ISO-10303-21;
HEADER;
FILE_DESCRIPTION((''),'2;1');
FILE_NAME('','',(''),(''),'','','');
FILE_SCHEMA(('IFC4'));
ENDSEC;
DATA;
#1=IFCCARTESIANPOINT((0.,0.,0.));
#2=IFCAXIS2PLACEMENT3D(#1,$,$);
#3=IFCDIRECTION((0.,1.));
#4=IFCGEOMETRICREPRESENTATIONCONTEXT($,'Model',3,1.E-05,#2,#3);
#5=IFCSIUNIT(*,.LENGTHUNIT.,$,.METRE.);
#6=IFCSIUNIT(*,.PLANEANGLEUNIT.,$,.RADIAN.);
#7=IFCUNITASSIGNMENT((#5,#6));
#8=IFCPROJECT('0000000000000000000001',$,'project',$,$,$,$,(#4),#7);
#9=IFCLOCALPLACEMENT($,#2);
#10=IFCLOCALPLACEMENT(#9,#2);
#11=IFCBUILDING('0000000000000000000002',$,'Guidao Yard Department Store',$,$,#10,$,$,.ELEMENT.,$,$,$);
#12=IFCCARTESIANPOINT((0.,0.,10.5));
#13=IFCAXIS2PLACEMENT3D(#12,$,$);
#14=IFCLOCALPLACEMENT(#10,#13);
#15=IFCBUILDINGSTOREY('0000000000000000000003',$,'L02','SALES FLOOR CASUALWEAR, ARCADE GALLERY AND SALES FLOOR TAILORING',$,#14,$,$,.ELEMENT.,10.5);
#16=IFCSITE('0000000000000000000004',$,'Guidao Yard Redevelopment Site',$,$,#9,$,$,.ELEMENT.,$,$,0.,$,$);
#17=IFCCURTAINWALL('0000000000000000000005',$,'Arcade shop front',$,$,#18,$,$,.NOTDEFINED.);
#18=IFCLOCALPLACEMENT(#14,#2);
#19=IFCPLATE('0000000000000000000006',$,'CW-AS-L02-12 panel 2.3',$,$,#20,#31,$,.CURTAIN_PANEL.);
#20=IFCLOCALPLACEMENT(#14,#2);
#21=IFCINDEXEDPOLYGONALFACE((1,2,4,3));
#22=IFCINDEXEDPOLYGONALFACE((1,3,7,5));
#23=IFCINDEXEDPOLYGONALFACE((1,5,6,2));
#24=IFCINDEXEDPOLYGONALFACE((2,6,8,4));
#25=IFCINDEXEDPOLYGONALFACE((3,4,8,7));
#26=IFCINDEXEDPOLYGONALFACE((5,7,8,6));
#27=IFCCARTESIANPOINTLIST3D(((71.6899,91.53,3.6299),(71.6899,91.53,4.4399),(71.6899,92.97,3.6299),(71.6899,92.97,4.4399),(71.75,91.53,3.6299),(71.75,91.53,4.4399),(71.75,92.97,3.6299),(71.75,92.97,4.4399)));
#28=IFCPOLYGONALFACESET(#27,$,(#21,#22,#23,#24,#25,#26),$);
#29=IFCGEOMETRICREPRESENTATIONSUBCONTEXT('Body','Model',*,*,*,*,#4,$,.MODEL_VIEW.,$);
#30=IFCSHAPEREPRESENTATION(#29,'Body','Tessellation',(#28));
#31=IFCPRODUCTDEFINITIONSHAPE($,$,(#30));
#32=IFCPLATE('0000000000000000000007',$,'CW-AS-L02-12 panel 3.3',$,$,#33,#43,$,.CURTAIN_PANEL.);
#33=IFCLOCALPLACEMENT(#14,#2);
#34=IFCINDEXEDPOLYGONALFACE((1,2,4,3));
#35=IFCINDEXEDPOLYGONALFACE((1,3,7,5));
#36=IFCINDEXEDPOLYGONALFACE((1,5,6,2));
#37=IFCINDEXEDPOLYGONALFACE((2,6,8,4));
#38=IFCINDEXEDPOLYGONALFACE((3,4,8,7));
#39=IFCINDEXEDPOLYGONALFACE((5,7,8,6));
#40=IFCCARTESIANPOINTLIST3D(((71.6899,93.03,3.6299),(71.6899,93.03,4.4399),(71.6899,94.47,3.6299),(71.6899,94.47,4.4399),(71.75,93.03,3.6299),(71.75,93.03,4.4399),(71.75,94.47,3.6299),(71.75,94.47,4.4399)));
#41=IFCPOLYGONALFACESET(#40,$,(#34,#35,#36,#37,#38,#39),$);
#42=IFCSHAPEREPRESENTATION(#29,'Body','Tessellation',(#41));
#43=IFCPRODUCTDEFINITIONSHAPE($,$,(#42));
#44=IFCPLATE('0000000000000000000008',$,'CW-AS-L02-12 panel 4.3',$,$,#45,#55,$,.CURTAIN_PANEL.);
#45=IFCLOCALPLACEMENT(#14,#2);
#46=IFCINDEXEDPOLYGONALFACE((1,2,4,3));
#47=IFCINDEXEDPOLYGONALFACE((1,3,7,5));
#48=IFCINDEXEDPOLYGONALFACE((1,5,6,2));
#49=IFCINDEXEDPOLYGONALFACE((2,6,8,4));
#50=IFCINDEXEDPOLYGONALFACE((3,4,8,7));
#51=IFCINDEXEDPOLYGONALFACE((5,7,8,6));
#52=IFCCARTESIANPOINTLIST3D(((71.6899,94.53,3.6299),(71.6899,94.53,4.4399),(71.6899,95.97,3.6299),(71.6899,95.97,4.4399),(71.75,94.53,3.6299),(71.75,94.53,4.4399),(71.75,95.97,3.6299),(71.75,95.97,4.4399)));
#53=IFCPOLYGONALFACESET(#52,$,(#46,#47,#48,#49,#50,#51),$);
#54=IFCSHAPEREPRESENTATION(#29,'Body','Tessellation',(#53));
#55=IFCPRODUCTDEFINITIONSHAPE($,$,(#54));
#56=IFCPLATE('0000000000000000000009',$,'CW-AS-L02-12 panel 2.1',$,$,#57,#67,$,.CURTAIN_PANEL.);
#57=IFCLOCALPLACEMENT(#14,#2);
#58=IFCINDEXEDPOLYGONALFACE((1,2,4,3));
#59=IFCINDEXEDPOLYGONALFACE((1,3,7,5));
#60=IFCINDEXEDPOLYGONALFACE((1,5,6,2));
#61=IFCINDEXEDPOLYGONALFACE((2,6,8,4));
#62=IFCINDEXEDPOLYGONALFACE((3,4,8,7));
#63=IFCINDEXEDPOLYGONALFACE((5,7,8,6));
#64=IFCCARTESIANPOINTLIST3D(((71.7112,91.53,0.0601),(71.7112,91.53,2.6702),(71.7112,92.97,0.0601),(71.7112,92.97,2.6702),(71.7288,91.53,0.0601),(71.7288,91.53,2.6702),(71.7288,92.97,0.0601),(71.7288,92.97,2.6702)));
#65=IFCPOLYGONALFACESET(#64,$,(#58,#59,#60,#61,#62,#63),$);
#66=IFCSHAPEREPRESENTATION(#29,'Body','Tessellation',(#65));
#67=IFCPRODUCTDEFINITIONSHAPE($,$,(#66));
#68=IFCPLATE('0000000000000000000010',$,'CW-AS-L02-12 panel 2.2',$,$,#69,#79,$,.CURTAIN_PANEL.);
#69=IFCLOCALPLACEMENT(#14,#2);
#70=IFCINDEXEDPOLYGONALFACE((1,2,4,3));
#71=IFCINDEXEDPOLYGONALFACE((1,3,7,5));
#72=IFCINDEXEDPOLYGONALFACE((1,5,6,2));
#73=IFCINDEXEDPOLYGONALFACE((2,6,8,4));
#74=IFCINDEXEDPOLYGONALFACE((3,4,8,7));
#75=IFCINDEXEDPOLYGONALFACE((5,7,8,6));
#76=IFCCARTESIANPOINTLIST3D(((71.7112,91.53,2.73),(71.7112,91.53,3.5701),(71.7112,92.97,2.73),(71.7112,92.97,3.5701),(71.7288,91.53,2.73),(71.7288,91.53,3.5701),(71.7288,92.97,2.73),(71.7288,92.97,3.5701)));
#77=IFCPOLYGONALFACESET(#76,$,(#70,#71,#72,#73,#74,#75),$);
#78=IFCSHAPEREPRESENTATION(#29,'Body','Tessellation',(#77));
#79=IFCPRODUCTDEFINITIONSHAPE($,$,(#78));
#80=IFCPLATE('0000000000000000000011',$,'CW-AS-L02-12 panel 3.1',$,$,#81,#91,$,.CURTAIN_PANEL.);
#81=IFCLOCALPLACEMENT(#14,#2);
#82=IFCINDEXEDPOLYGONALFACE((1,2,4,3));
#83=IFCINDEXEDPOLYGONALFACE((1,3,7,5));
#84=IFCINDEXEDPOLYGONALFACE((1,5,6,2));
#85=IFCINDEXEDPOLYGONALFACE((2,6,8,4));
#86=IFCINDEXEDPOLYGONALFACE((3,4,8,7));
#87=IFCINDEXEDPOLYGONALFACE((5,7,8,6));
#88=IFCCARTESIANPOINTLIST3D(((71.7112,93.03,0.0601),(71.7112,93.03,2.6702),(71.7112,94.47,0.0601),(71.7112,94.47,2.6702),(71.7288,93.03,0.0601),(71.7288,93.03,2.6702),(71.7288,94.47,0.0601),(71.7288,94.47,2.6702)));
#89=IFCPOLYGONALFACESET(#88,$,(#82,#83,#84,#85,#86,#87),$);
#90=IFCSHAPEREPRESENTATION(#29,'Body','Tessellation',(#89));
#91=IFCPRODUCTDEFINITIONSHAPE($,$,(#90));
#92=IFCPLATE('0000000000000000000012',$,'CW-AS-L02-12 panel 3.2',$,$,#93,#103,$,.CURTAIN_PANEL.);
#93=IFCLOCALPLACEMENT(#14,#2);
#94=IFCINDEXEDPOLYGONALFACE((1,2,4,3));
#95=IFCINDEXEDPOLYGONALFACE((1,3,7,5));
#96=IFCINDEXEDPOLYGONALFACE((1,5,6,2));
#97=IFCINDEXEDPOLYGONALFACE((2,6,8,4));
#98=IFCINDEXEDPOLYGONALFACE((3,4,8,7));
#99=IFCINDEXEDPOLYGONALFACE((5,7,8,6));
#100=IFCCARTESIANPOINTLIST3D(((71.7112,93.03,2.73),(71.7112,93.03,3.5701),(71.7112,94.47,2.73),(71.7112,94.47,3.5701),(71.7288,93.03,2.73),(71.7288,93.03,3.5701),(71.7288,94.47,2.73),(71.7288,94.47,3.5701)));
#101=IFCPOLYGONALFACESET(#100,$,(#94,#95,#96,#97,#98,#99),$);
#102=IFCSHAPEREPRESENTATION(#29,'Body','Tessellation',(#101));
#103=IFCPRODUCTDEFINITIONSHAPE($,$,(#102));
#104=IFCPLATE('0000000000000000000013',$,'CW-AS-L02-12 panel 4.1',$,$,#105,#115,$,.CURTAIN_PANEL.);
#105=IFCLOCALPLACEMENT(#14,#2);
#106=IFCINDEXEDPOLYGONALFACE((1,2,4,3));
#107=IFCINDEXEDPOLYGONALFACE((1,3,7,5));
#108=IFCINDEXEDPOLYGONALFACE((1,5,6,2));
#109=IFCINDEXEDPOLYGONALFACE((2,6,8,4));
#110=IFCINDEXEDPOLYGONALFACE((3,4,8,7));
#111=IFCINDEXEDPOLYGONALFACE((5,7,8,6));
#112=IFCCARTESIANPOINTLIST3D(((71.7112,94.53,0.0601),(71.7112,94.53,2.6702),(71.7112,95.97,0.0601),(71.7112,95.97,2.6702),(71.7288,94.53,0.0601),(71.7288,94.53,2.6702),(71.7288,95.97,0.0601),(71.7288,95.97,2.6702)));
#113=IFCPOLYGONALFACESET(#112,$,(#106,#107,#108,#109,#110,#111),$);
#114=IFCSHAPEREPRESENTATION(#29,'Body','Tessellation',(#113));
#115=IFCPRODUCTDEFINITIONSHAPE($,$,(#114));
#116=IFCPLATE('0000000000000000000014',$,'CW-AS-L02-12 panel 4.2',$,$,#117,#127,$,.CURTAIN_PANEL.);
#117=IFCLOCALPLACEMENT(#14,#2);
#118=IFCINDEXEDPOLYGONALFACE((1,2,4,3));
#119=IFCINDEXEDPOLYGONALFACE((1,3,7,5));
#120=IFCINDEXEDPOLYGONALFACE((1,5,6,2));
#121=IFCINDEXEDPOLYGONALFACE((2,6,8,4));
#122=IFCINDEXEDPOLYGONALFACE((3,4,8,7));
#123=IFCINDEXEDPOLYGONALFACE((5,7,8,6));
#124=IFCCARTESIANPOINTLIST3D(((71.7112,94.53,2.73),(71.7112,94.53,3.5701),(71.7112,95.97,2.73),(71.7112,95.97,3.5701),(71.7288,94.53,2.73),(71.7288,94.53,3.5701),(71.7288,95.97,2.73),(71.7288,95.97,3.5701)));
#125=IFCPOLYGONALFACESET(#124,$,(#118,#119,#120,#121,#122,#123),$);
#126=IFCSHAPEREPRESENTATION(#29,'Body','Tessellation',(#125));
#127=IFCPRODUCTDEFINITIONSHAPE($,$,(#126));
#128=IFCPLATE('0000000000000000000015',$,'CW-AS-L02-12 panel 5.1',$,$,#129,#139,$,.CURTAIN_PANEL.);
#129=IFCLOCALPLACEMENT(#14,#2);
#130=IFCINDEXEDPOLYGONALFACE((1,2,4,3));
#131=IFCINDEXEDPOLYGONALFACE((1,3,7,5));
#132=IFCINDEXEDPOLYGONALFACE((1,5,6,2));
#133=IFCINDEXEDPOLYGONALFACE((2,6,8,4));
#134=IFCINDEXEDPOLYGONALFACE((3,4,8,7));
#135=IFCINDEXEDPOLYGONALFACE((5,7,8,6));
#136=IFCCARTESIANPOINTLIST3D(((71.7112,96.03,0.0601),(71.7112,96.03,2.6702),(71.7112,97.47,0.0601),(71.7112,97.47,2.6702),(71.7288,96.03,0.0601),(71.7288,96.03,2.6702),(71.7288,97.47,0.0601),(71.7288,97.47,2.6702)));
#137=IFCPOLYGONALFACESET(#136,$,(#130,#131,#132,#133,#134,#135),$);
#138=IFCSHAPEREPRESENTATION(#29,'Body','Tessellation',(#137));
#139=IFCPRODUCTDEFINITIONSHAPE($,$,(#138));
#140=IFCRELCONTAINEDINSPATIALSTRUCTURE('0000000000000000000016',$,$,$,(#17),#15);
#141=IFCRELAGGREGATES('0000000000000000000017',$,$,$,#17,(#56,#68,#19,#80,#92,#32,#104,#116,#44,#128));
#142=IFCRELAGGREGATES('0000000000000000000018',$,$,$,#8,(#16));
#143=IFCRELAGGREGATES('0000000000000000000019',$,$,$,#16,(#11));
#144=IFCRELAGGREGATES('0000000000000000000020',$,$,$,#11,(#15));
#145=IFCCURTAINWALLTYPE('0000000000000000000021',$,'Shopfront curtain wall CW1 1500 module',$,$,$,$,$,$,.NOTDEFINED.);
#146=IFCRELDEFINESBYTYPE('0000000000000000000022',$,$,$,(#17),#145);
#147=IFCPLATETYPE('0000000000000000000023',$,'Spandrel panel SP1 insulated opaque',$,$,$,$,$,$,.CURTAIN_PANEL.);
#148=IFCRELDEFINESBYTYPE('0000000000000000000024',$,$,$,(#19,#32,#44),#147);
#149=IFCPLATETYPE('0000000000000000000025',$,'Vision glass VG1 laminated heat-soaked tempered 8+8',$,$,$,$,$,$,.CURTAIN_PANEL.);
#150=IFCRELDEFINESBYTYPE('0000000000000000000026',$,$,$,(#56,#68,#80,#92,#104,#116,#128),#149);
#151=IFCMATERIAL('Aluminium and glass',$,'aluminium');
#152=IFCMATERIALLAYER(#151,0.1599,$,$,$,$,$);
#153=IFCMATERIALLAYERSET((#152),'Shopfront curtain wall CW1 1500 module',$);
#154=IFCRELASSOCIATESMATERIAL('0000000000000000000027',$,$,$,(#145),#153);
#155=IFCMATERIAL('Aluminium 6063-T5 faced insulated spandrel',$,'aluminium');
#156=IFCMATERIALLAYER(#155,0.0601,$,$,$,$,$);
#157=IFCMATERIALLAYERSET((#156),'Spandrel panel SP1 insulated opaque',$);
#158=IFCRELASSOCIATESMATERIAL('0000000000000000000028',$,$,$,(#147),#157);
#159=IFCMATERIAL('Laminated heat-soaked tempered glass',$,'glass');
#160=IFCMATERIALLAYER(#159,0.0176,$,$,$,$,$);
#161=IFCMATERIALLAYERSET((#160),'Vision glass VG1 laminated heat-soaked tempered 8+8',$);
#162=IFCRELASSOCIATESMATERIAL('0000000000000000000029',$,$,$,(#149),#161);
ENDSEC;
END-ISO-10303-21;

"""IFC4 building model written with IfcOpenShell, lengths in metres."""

from ifc_helpers import new_model, si_unit, direction, frame, origin, origin_2d, place, context, subcontext, project, spatial, rectangle, extrude, material, layer, layer_set, type_object, element, aggregate, save


model = new_model("IFC4")

# Units and contexts
model_context = context("Model", 3, precision=1e-05, world=origin(), true_north=direction((0.0, 1.0)))
body_context = subcontext(model_context, "Body", "Model", "MODEL_VIEW")
ifc_project = project(units=[si_unit("LENGTHUNIT", "METRE"), si_unit("PLANEANGLEUNIT", "RADIAN")], contexts=[model_context])

# Site, building, storey
site_placement = place(None, origin())
site = spatial("IfcSite", under=ifc_project, at=site_placement, Name="Guidao Yard Redevelopment Site", CompositionType="ELEMENT", RefElevation=0.0)
building_placement = place(site_placement, origin())
building = spatial("IfcBuilding", under=site, at=building_placement, Name="Guidao Yard Department Store", CompositionType="ELEMENT")
storey_placement = place(building_placement, frame((0.0, 0.0, 10.5)))
storey = spatial("IfcBuildingStorey", under=building, at=storey_placement, Name="L02", Description="SALES FLOOR CASUALWEAR, ARCADE GALLERY AND SALES FLOOR TAILORING", CompositionType="ELEMENT", Elevation=10.5)

# Curtain wall, plates
ifc_material_1 = material(Name="Aluminium and glass", Category="aluminium")
ifc_layer_1 = layer(ifc_material_1, 0.1599)
ifc_layer_set_1 = layer_set([ifc_layer_1], Name="Shopfront curtain wall CW1 1500 module")
curtain_wall_type = type_object("IfcCurtainWallType", Name="Shopfront curtain wall CW1 1500 module", PredefinedType="NOTDEFINED", material=ifc_layer_set_1)
curtain_wall_placement = place(storey_placement, origin())
curtain_wall = element("IfcCurtainWall", 1, at=curtain_wall_placement, inside=storey, type_object=curtain_wall_type, Name="Arcade shop front", PredefinedType="NOTDEFINED")
ifc_material_2 = material(Name="Aluminium 6063-T5 faced insulated spandrel", Category="aluminium")
ifc_layer_2 = layer(ifc_material_2, 0.0601)
ifc_layer_set_2 = layer_set([ifc_layer_2], Name="Spandrel panel SP1 insulated opaque")
plate_type_1 = type_object("IfcPlateType", Name="Spandrel panel SP1 insulated opaque", PredefinedType="CURTAIN_PANEL", material=ifc_layer_set_2)
plate_1_placement = place(storey_placement, frame((71.72, 92.25, 3.6299), z_axis=(0.0, 0.0, 1.0), x_axis=(0.0, 1.0, 0.0)))
plate_1 = element("IfcPlate", 2, at=plate_1_placement, type_object=plate_type_1, Name="CW-AS-L02-12 panel 2.3", PredefinedType="CURTAIN_PANEL", context=body_context, shape_type="SweptSolid", body=[
    extrude(rectangle(XDim=1.4399, YDim=0.0601, at=origin_2d()), origin(), (0.0, 0.0, 1.0), 0.8101),
])
plate_2_placement = place(storey_placement, frame((71.72, 93.75, 3.6299), z_axis=(0.0, 0.0, 1.0), x_axis=(0.0, 1.0, 0.0)))
plate_2 = element("IfcPlate", 3, at=plate_2_placement, type_object=plate_type_1, Name="CW-AS-L02-12 panel 3.3", PredefinedType="CURTAIN_PANEL", context=body_context, shape_type="SweptSolid", body=[
    extrude(rectangle(XDim=1.4399, YDim=0.0601, at=origin_2d()), origin(), (0.0, 0.0, 1.0), 0.8101),
])
plate_3_placement = place(storey_placement, frame((71.72, 95.25, 3.6299), z_axis=(0.0, 0.0, 1.0), x_axis=(0.0, 1.0, 0.0)))
plate_3 = element("IfcPlate", 4, at=plate_3_placement, type_object=plate_type_1, Name="CW-AS-L02-12 panel 4.3", PredefinedType="CURTAIN_PANEL", context=body_context, shape_type="SweptSolid", body=[
    extrude(rectangle(XDim=1.4399, YDim=0.0601, at=origin_2d()), origin(), (0.0, 0.0, 1.0), 0.8101),
])
ifc_material_3 = material(Name="Laminated heat-soaked tempered glass", Category="glass")
ifc_layer_3 = layer(ifc_material_3, 0.0176)
ifc_layer_set_3 = layer_set([ifc_layer_3], Name="Vision glass VG1 laminated heat-soaked tempered 8+8")
plate_type_2 = type_object("IfcPlateType", Name="Vision glass VG1 laminated heat-soaked tempered 8+8", PredefinedType="CURTAIN_PANEL", material=ifc_layer_set_3)
plate_4_placement = place(storey_placement, frame((71.72, 92.25, 0.0601), z_axis=(0.0, 0.0, 1.0), x_axis=(0.0, 1.0, 0.0)))
plate_4 = element("IfcPlate", 5, at=plate_4_placement, type_object=plate_type_2, Name="CW-AS-L02-12 panel 2.1", PredefinedType="CURTAIN_PANEL", context=body_context, shape_type="SweptSolid", body=[
    extrude(rectangle(XDim=1.4399, YDim=0.0176, at=origin_2d()), origin(), (0.0, 0.0, 1.0), 2.6101),
])
plate_5_placement = place(storey_placement, frame((71.72, 92.25, 2.73), z_axis=(0.0, 0.0, 1.0), x_axis=(0.0, 1.0, 0.0)))
plate_5 = element("IfcPlate", 6, at=plate_5_placement, type_object=plate_type_2, Name="CW-AS-L02-12 panel 2.2", PredefinedType="CURTAIN_PANEL", context=body_context, shape_type="SweptSolid", body=[
    extrude(rectangle(XDim=1.4399, YDim=0.0176, at=origin_2d()), origin(), (0.0, 0.0, 1.0), 0.8401),
])
plate_6_placement = place(storey_placement, frame((71.72, 93.75, 0.0601), z_axis=(0.0, 0.0, 1.0), x_axis=(0.0, 1.0, 0.0)))
plate_6 = element("IfcPlate", 7, at=plate_6_placement, type_object=plate_type_2, Name="CW-AS-L02-12 panel 3.1", PredefinedType="CURTAIN_PANEL", context=body_context, shape_type="SweptSolid", body=[
    extrude(rectangle(XDim=1.4399, YDim=0.0176, at=origin_2d()), origin(), (0.0, 0.0, 1.0), 2.6101),
])
plate_7_placement = place(storey_placement, frame((71.72, 93.75, 2.73), z_axis=(0.0, 0.0, 1.0), x_axis=(0.0, 1.0, 0.0)))
plate_7 = element("IfcPlate", 8, at=plate_7_placement, type_object=plate_type_2, Name="CW-AS-L02-12 panel 3.2", PredefinedType="CURTAIN_PANEL", context=body_context, shape_type="SweptSolid", body=[
    extrude(rectangle(XDim=1.4399, YDim=0.0176, at=origin_2d()), origin(), (0.0, 0.0, 1.0), 0.8401),
])
plate_8_placement = place(storey_placement, frame((71.72, 95.25, 0.0601), z_axis=(0.0, 0.0, 1.0), x_axis=(0.0, 1.0, 0.0)))
plate_8 = element("IfcPlate", 9, at=plate_8_placement, type_object=plate_type_2, Name="CW-AS-L02-12 panel 4.1", PredefinedType="CURTAIN_PANEL", context=body_context, shape_type="SweptSolid", body=[
    extrude(rectangle(XDim=1.4399, YDim=0.0176, at=origin_2d()), origin(), (0.0, 0.0, 1.0), 2.6101),
])
plate_9_placement = place(storey_placement, frame((71.72, 95.25, 2.73), z_axis=(0.0, 0.0, 1.0), x_axis=(0.0, 1.0, 0.0)))
plate_9 = element("IfcPlate", 10, at=plate_9_placement, type_object=plate_type_2, Name="CW-AS-L02-12 panel 4.2", PredefinedType="CURTAIN_PANEL", context=body_context, shape_type="SweptSolid", body=[
    extrude(rectangle(XDim=1.4399, YDim=0.0176, at=origin_2d()), origin(), (0.0, 0.0, 1.0), 0.8401),
])
plate_10_placement = place(storey_placement, frame((71.72, 96.75, 0.0601), z_axis=(0.0, 0.0, 1.0), x_axis=(0.0, 1.0, 0.0)))
plate_10 = element("IfcPlate", 11, at=plate_10_placement, type_object=plate_type_2, Name="CW-AS-L02-12 panel 5.1", PredefinedType="CURTAIN_PANEL", context=body_context, shape_type="SweptSolid", body=[
    extrude(rectangle(XDim=1.4399, YDim=0.0176, at=origin_2d()), origin(), (0.0, 0.0, 1.0), 2.6101),
])
aggregate(curtain_wall, [plate_4, plate_5, plate_1, plate_6, plate_7, plate_2, plate_8, plate_9, plate_3, plate_10])

save(model, "model.ifc")
